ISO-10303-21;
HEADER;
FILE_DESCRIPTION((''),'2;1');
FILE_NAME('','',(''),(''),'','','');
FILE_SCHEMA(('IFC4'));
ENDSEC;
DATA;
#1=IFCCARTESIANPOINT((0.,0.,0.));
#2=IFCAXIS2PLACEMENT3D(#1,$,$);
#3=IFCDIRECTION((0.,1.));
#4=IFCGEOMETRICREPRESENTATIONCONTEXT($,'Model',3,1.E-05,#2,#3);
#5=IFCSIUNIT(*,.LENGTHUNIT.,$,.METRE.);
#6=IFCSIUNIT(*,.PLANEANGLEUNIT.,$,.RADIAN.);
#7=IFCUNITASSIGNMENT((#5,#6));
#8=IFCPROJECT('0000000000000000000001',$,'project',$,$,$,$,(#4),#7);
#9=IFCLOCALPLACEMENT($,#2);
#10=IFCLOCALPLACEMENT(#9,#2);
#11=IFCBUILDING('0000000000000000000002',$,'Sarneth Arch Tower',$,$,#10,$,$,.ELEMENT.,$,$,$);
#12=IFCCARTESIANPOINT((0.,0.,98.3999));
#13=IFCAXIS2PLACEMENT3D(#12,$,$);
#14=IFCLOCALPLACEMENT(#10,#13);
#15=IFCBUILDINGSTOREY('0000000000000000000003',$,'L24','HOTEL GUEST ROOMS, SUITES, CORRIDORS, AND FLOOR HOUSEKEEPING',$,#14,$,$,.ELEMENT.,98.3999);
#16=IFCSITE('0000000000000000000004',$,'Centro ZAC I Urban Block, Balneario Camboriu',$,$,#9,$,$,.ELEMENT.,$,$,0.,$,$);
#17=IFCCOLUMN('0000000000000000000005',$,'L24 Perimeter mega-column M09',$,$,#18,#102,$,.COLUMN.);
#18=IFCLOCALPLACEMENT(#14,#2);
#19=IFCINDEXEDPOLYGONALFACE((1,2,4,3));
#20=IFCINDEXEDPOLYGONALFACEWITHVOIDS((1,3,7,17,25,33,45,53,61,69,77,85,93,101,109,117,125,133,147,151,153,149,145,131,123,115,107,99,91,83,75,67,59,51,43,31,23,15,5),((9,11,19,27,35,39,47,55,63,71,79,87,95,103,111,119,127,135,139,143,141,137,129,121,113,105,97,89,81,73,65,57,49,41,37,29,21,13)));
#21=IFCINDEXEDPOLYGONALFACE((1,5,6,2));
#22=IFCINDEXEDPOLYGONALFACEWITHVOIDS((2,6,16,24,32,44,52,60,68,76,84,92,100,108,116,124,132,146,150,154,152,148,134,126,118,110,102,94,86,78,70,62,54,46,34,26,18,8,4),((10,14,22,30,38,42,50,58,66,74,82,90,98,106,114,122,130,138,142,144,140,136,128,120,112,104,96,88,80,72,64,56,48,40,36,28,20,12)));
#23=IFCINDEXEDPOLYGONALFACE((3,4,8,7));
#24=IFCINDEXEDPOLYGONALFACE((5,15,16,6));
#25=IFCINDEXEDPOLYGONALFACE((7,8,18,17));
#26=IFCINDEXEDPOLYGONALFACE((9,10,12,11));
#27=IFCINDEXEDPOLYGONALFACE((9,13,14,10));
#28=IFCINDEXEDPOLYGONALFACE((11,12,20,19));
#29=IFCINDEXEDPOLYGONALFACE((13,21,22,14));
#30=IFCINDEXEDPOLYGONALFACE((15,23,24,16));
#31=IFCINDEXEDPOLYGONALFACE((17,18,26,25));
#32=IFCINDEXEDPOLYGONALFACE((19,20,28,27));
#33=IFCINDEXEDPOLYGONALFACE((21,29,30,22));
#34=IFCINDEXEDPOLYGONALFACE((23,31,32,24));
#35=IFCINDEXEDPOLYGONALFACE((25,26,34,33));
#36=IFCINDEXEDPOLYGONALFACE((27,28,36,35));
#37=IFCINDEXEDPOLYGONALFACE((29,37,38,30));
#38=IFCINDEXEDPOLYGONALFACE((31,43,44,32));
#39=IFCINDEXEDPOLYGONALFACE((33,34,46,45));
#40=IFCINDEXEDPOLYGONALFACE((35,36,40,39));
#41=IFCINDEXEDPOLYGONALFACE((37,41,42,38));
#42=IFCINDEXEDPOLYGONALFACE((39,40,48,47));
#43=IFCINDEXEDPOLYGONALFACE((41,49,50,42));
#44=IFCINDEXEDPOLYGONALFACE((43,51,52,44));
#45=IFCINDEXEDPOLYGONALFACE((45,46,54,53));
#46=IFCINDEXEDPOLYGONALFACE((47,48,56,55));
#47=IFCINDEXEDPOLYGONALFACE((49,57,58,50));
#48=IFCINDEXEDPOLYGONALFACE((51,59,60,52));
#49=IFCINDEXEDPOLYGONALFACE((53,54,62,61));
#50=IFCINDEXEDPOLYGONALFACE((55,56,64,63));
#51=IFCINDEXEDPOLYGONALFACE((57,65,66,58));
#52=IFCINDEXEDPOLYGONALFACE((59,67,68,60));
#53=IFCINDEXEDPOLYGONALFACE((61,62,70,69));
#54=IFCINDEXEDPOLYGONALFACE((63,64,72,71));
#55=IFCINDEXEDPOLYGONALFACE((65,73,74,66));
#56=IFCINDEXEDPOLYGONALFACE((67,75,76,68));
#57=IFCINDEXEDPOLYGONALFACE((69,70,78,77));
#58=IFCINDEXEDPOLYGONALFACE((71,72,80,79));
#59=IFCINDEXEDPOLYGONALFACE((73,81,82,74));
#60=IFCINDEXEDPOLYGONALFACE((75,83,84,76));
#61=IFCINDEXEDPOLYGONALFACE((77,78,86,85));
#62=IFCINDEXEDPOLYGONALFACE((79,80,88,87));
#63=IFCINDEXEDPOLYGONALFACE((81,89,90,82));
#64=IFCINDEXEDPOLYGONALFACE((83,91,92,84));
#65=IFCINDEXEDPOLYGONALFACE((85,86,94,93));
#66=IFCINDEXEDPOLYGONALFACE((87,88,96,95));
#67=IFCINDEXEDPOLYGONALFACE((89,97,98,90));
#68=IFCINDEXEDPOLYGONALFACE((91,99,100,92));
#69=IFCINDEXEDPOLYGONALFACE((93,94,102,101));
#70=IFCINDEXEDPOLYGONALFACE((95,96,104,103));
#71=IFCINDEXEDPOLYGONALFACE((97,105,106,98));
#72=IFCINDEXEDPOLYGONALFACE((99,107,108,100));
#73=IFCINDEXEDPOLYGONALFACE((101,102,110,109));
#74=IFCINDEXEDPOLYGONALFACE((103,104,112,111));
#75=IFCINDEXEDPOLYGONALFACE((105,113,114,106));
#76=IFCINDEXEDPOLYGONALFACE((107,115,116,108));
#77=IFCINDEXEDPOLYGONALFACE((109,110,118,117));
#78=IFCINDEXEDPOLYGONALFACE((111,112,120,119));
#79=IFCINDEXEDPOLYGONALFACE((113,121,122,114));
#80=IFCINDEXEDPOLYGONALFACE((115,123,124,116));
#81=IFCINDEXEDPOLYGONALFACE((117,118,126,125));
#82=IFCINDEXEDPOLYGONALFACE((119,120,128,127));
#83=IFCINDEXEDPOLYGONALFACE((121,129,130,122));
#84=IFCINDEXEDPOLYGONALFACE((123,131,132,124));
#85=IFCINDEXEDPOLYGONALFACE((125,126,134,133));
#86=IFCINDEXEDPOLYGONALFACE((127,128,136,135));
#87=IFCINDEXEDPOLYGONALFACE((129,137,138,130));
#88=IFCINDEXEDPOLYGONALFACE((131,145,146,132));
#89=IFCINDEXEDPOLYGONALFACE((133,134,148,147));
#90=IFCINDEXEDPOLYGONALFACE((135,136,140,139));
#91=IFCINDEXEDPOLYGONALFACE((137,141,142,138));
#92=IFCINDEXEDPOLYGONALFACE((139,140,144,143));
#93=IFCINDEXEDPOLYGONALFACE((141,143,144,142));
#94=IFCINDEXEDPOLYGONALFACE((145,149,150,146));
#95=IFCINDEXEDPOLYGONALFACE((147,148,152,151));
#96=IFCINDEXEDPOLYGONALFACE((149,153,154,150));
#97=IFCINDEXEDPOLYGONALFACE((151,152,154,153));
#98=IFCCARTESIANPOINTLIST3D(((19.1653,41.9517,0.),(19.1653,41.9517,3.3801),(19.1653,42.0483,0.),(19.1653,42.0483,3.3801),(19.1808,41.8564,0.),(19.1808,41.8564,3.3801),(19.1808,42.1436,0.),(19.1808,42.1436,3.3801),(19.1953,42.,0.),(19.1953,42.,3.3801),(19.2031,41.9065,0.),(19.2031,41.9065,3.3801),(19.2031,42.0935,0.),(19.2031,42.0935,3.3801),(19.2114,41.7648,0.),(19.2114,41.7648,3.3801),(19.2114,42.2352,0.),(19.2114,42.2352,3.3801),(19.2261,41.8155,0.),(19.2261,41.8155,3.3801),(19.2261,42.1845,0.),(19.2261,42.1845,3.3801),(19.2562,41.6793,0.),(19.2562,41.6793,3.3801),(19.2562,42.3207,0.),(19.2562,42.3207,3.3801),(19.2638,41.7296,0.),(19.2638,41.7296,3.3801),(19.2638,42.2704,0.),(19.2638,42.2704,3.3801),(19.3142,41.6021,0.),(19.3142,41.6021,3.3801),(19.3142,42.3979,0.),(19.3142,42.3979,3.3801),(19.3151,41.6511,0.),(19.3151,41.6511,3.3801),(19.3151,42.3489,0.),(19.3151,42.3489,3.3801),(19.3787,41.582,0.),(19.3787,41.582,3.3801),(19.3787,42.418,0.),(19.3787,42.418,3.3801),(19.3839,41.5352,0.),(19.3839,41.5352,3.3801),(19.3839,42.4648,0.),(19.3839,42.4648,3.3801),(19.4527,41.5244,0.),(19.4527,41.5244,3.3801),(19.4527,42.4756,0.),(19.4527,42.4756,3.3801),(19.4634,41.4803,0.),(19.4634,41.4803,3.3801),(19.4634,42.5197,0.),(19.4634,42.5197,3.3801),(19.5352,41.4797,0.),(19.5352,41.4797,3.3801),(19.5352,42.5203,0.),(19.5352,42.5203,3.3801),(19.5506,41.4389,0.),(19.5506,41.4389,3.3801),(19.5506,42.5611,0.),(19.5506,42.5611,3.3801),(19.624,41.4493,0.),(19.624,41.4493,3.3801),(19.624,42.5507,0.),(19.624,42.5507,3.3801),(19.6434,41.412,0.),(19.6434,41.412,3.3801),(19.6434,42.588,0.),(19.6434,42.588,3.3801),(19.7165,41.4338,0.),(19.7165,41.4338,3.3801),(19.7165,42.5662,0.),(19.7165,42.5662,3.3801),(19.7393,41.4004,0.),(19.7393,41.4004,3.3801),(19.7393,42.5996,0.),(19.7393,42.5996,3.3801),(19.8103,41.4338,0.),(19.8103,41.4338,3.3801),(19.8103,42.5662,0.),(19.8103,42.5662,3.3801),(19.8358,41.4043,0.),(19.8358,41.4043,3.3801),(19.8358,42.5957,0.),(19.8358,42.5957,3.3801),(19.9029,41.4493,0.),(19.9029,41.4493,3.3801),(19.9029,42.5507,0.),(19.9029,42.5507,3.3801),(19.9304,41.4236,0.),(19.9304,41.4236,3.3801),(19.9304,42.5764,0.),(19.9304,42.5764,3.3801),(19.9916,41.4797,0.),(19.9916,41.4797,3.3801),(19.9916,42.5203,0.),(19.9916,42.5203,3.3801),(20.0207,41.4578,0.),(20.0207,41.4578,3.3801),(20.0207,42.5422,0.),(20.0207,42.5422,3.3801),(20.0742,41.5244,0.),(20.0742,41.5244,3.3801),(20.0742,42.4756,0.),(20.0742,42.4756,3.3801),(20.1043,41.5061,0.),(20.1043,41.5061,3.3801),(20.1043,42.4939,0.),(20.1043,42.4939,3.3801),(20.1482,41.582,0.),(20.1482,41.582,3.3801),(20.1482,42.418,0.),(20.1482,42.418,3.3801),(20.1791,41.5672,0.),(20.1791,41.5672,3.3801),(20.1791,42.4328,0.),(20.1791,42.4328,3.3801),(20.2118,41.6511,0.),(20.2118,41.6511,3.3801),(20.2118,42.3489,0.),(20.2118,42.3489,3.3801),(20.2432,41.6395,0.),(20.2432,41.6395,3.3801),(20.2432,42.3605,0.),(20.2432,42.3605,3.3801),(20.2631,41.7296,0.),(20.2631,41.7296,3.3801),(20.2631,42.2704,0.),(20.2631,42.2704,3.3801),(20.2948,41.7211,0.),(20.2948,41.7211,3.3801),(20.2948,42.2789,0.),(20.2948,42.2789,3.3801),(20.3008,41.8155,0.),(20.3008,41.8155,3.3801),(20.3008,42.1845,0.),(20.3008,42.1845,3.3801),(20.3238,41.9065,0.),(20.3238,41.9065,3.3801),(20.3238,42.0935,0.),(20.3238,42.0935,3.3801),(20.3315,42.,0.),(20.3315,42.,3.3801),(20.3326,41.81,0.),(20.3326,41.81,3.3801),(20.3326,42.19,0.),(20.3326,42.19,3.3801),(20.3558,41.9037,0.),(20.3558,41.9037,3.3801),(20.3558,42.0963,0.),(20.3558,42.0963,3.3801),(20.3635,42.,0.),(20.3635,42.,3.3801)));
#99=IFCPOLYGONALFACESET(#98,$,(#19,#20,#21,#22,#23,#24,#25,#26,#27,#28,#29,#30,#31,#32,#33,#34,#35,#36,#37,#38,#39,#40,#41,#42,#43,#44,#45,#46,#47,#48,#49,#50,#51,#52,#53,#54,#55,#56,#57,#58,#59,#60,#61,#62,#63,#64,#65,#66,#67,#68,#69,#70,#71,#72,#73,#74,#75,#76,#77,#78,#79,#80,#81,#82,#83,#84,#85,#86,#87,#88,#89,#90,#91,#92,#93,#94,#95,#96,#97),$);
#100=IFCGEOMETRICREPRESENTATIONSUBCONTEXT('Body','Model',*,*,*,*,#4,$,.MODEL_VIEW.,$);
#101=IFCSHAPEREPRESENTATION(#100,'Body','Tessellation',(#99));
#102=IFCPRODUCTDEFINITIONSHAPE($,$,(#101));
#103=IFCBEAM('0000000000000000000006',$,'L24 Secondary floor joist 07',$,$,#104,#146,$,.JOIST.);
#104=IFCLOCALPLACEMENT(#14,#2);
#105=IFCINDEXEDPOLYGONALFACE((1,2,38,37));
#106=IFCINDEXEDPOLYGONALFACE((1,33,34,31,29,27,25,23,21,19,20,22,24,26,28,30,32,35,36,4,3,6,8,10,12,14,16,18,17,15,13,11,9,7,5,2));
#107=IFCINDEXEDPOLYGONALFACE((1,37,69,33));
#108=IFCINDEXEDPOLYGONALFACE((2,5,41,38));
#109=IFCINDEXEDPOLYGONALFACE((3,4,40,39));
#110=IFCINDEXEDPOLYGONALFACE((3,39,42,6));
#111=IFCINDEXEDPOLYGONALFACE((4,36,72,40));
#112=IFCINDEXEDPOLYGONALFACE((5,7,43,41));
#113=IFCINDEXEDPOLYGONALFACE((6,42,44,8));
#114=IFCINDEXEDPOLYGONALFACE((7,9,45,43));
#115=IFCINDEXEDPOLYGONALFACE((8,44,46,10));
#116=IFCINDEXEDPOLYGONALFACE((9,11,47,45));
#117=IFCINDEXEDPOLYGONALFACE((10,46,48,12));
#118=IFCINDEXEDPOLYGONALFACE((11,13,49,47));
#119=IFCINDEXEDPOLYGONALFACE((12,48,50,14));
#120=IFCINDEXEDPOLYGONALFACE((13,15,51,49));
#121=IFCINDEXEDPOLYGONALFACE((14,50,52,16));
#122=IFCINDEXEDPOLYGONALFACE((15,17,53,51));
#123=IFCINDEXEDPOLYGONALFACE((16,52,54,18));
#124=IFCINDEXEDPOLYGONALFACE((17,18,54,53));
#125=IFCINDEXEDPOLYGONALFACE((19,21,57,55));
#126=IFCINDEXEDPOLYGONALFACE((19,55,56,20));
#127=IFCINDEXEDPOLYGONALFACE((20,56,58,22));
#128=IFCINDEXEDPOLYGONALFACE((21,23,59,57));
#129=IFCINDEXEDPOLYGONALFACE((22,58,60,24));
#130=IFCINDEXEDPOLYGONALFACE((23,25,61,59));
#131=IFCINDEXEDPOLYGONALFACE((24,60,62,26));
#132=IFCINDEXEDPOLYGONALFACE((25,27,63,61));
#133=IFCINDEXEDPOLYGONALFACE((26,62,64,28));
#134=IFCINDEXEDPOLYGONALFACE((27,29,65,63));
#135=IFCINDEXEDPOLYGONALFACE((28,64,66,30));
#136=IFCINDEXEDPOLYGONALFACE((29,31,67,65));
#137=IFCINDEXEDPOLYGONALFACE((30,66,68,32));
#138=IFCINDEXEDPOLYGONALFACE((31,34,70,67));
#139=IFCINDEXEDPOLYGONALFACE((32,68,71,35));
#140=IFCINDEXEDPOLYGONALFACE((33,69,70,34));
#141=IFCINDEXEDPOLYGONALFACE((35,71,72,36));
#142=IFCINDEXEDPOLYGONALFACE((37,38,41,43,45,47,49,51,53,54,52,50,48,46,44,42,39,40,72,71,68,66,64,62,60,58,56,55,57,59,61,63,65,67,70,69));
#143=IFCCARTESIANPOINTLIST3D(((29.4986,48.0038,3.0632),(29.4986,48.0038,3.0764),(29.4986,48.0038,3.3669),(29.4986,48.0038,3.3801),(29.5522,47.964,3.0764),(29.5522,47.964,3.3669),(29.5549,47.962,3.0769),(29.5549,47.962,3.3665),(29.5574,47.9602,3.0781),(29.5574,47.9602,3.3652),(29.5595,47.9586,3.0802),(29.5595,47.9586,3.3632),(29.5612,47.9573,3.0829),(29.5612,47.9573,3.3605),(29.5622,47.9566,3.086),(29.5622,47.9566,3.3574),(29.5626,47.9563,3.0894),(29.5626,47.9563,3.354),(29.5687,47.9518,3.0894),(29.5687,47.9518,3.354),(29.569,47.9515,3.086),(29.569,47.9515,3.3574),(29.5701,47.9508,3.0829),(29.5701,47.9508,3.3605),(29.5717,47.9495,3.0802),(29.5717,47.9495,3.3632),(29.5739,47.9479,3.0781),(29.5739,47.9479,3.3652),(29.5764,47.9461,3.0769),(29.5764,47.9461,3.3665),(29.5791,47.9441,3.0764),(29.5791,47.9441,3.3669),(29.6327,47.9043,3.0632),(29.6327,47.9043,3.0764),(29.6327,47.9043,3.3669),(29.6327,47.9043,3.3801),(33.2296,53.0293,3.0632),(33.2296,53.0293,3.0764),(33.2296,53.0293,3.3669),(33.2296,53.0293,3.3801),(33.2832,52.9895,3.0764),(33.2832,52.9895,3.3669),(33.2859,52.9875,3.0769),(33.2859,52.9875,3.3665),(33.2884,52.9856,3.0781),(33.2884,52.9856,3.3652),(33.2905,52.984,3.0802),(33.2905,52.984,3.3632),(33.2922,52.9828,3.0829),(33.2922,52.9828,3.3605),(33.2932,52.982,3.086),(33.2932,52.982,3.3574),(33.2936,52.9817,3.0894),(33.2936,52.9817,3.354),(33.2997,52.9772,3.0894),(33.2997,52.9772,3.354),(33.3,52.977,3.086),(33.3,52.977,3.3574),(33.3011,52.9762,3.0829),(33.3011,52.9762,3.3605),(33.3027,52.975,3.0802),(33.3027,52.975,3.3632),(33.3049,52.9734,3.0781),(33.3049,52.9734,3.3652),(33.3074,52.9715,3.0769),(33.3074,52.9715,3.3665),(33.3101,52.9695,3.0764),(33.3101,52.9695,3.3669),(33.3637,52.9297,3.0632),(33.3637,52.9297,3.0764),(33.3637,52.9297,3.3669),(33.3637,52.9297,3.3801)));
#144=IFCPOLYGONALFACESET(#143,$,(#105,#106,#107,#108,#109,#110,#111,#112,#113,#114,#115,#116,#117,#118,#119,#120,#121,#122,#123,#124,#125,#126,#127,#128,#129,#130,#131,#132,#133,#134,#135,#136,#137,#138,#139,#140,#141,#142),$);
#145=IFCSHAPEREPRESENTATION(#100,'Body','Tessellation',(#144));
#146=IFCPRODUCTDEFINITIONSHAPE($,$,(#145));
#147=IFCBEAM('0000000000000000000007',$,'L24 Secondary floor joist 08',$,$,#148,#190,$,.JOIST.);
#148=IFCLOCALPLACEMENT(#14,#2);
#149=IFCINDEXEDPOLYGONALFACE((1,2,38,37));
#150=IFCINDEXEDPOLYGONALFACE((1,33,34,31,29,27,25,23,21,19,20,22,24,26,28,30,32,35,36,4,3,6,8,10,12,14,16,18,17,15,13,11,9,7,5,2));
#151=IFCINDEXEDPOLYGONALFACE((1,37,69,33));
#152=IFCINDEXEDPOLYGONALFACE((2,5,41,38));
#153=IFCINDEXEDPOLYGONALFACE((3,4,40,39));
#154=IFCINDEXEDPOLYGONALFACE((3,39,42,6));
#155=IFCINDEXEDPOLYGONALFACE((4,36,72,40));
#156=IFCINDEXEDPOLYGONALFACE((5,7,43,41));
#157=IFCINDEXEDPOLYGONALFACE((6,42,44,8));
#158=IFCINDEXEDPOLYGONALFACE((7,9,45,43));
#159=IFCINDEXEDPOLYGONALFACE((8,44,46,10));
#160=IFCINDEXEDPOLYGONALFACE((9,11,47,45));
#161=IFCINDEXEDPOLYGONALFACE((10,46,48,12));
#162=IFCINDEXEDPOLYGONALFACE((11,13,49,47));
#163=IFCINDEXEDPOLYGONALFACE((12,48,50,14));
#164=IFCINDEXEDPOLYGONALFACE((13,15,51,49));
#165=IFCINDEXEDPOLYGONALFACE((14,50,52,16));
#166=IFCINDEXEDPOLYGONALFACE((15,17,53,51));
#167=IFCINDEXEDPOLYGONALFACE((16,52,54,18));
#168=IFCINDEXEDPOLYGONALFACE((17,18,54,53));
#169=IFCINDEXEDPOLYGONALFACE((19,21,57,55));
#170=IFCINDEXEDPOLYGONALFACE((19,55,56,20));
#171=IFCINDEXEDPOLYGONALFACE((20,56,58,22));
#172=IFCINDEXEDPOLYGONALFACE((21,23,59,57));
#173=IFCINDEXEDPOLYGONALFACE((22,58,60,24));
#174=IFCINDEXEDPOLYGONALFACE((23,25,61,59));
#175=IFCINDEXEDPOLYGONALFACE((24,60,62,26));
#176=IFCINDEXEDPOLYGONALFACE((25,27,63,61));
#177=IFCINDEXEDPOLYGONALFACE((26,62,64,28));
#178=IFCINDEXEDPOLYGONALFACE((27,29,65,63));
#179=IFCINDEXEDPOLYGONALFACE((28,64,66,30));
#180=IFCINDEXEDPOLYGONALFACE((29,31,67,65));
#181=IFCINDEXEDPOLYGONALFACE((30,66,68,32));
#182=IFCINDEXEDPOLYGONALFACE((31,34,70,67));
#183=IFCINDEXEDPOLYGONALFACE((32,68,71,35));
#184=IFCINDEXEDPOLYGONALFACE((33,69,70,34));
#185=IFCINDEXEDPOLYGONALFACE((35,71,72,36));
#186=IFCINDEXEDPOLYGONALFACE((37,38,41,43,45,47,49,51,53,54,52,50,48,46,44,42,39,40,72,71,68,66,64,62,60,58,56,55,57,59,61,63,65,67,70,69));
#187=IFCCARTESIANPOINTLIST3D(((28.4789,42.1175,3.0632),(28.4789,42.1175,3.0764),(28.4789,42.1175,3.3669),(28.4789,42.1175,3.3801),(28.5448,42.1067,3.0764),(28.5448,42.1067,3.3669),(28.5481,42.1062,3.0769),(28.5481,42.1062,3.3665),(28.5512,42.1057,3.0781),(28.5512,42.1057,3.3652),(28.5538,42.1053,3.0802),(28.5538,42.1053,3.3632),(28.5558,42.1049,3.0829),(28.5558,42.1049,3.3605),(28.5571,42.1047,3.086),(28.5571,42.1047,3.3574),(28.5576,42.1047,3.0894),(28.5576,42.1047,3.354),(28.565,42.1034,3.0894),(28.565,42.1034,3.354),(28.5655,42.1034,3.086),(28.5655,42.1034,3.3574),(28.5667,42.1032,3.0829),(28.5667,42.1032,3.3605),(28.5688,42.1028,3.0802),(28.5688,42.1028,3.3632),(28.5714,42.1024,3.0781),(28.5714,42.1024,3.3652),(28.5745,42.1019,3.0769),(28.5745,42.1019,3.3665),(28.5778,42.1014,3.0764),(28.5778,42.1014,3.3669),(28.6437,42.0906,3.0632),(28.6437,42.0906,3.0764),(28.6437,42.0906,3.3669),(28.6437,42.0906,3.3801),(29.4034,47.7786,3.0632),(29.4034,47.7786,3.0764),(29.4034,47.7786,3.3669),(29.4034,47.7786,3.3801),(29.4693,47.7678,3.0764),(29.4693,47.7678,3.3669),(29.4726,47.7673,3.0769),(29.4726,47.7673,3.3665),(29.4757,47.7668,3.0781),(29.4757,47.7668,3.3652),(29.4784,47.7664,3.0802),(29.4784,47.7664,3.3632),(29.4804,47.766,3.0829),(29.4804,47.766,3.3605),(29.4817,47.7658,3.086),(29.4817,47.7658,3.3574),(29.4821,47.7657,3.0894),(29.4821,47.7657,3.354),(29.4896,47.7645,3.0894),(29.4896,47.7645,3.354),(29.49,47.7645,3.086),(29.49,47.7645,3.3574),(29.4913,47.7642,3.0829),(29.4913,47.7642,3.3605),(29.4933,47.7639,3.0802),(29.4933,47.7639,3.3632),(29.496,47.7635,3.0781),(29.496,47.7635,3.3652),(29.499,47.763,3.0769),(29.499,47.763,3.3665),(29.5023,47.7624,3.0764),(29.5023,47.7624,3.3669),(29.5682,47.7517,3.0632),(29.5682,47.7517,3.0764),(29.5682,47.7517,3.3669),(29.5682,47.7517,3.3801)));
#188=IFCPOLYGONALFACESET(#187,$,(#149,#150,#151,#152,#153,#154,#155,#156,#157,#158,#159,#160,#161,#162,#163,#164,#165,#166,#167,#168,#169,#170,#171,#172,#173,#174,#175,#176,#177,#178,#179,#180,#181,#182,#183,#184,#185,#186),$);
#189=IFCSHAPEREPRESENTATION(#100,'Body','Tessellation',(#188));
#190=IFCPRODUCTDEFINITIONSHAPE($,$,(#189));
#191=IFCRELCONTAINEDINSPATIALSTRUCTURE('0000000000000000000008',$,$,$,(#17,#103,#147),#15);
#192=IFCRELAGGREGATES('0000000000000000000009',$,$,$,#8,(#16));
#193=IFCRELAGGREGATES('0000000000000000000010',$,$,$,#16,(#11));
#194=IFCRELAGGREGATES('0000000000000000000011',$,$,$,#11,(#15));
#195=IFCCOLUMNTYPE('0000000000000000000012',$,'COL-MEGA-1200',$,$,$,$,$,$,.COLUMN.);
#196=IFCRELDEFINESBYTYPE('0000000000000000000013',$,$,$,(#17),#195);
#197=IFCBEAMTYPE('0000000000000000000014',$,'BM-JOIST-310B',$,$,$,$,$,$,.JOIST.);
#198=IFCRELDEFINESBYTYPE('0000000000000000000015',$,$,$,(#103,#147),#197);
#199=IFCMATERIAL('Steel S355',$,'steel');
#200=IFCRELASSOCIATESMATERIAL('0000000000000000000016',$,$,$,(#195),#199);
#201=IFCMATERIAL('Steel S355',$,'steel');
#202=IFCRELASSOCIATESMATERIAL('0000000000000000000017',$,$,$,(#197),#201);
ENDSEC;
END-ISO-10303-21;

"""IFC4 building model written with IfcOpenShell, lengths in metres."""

from ifc_helpers import new_model, si_unit, direction, frame, origin, origin_2d, place, context, subcontext, project, spatial, hollow_circle, i_section, extrude, material, material_profile, profile_set, type_object, element, save


model = new_model("IFC4")

# Units and contexts
model_context = context("Model", 3, precision=1e-05, world=origin(), true_north=direction((0.0, 1.0)))
body_context = subcontext(model_context, "Body", "Model", "MODEL_VIEW")
ifc_project = project(units=[si_unit("LENGTHUNIT", "METRE"), si_unit("PLANEANGLEUNIT", "RADIAN")], contexts=[model_context])

# Site, building, storey
site_placement = place(None, origin())
site = spatial("IfcSite", under=ifc_project, at=site_placement, Name="Centro ZAC I Urban Block, Balneario Camboriu", CompositionType="ELEMENT", RefElevation=0.0)
building_placement = place(site_placement, origin())
building = spatial("IfcBuilding", under=site, at=building_placement, Name="Sarneth Arch Tower", CompositionType="ELEMENT")
storey_placement = place(building_placement, frame((0.0, 0.0, 98.3999)))
storey = spatial("IfcBuildingStorey", under=building, at=storey_placement, Name="L24", Description="HOTEL GUEST ROOMS, SUITES, CORRIDORS, AND FLOOR HOUSEKEEPING", CompositionType="ELEMENT", Elevation=98.3999)

# Column
ifc_material_1 = material(Name="Steel S355", Category="steel")
ifc_material_profile_1 = material_profile(ifc_material_1, hollow_circle(Radius=0.6001, WallThickness=0.032, at=origin_2d()), Name="CHS1200x32")
ifc_profile_set_1 = profile_set([ifc_material_profile_1], Name="Steel S355")
column_type = type_object("IfcColumnType", Name="COL-MEGA-1200", PredefinedType="COLUMN", material=ifc_profile_set_1)
for number, where, z_axis, x_axis, name in (
    (1, (19.7634, 42.0, 0.0), (0.0, 0.0, 1.0), (1.0, 0.0, 0.0), "L24 Perimeter mega-column M09"),
):
    element("IfcColumn", number, at=place(storey_placement, frame(where, z_axis=z_axis, x_axis=x_axis)), inside=storey, type_object=column_type, Name=name, PredefinedType="COLUMN", context=body_context, shape_type="SweptSolid", body=[
        extrude(hollow_circle(Radius=0.6001, WallThickness=0.032, at=origin_2d()), origin(), (0.0, 0.0, 1.0), 3.3801),
    ])

# Beams
ifc_material_2 = material(Name="Steel S355", Category="steel")
ifc_material_profile_2 = material_profile(ifc_material_2, i_section(OverallWidth=0.167, OverallDepth=0.3169, WebThickness=0.0076, FlangeThickness=0.0132, FilletRadius=0.0129, at=origin_2d()), Name="W310x52")
ifc_profile_set_2 = profile_set([ifc_material_profile_2], Name="Steel S355")
beam_type_1 = type_object("IfcBeamType", Name="BM-JOIST-310B", PredefinedType="JOIST", material=ifc_profile_set_2)
beam_1_placement = place(storey_placement, frame((33.2966, 52.9795, 3.2217), z_axis=(-0.596098, -0.802911, 0.0), x_axis=(0.802911, -0.596098, 0.0)))
element("IfcBeam", 2, at=beam_1_placement, inside=storey, type_object=beam_type_1, Name="L24 Secondary floor joist 07", PredefinedType="JOIST", context=body_context, shape_type="SweptSolid", body=[
    extrude(i_section(OverallWidth=0.167, OverallDepth=0.3169, WebThickness=0.0076, FlangeThickness=0.0132, FilletRadius=0.0129, at=origin_2d()), origin(), (0.0, 0.0, 1.0), 6.259),
])
beam_2_placement = place(storey_placement, frame((29.4858, 47.7651, 3.2217), z_axis=(-0.161182, -0.986925, 0.0), x_axis=(0.986925, -0.161182, 0.0)))
element("IfcBeam", 3, at=beam_2_placement, inside=storey, type_object=beam_type_1, Name="L24 Secondary floor joist 08", PredefinedType="JOIST", context=body_context, shape_type="SweptSolid", body=[
    extrude(i_section(OverallWidth=0.167, OverallDepth=0.3169, WebThickness=0.0076, FlangeThickness=0.0132, FilletRadius=0.0129, at=origin_2d()), origin(), (0.0, 0.0, 1.0), 5.7361),
])

save(model, "model.ifc")
